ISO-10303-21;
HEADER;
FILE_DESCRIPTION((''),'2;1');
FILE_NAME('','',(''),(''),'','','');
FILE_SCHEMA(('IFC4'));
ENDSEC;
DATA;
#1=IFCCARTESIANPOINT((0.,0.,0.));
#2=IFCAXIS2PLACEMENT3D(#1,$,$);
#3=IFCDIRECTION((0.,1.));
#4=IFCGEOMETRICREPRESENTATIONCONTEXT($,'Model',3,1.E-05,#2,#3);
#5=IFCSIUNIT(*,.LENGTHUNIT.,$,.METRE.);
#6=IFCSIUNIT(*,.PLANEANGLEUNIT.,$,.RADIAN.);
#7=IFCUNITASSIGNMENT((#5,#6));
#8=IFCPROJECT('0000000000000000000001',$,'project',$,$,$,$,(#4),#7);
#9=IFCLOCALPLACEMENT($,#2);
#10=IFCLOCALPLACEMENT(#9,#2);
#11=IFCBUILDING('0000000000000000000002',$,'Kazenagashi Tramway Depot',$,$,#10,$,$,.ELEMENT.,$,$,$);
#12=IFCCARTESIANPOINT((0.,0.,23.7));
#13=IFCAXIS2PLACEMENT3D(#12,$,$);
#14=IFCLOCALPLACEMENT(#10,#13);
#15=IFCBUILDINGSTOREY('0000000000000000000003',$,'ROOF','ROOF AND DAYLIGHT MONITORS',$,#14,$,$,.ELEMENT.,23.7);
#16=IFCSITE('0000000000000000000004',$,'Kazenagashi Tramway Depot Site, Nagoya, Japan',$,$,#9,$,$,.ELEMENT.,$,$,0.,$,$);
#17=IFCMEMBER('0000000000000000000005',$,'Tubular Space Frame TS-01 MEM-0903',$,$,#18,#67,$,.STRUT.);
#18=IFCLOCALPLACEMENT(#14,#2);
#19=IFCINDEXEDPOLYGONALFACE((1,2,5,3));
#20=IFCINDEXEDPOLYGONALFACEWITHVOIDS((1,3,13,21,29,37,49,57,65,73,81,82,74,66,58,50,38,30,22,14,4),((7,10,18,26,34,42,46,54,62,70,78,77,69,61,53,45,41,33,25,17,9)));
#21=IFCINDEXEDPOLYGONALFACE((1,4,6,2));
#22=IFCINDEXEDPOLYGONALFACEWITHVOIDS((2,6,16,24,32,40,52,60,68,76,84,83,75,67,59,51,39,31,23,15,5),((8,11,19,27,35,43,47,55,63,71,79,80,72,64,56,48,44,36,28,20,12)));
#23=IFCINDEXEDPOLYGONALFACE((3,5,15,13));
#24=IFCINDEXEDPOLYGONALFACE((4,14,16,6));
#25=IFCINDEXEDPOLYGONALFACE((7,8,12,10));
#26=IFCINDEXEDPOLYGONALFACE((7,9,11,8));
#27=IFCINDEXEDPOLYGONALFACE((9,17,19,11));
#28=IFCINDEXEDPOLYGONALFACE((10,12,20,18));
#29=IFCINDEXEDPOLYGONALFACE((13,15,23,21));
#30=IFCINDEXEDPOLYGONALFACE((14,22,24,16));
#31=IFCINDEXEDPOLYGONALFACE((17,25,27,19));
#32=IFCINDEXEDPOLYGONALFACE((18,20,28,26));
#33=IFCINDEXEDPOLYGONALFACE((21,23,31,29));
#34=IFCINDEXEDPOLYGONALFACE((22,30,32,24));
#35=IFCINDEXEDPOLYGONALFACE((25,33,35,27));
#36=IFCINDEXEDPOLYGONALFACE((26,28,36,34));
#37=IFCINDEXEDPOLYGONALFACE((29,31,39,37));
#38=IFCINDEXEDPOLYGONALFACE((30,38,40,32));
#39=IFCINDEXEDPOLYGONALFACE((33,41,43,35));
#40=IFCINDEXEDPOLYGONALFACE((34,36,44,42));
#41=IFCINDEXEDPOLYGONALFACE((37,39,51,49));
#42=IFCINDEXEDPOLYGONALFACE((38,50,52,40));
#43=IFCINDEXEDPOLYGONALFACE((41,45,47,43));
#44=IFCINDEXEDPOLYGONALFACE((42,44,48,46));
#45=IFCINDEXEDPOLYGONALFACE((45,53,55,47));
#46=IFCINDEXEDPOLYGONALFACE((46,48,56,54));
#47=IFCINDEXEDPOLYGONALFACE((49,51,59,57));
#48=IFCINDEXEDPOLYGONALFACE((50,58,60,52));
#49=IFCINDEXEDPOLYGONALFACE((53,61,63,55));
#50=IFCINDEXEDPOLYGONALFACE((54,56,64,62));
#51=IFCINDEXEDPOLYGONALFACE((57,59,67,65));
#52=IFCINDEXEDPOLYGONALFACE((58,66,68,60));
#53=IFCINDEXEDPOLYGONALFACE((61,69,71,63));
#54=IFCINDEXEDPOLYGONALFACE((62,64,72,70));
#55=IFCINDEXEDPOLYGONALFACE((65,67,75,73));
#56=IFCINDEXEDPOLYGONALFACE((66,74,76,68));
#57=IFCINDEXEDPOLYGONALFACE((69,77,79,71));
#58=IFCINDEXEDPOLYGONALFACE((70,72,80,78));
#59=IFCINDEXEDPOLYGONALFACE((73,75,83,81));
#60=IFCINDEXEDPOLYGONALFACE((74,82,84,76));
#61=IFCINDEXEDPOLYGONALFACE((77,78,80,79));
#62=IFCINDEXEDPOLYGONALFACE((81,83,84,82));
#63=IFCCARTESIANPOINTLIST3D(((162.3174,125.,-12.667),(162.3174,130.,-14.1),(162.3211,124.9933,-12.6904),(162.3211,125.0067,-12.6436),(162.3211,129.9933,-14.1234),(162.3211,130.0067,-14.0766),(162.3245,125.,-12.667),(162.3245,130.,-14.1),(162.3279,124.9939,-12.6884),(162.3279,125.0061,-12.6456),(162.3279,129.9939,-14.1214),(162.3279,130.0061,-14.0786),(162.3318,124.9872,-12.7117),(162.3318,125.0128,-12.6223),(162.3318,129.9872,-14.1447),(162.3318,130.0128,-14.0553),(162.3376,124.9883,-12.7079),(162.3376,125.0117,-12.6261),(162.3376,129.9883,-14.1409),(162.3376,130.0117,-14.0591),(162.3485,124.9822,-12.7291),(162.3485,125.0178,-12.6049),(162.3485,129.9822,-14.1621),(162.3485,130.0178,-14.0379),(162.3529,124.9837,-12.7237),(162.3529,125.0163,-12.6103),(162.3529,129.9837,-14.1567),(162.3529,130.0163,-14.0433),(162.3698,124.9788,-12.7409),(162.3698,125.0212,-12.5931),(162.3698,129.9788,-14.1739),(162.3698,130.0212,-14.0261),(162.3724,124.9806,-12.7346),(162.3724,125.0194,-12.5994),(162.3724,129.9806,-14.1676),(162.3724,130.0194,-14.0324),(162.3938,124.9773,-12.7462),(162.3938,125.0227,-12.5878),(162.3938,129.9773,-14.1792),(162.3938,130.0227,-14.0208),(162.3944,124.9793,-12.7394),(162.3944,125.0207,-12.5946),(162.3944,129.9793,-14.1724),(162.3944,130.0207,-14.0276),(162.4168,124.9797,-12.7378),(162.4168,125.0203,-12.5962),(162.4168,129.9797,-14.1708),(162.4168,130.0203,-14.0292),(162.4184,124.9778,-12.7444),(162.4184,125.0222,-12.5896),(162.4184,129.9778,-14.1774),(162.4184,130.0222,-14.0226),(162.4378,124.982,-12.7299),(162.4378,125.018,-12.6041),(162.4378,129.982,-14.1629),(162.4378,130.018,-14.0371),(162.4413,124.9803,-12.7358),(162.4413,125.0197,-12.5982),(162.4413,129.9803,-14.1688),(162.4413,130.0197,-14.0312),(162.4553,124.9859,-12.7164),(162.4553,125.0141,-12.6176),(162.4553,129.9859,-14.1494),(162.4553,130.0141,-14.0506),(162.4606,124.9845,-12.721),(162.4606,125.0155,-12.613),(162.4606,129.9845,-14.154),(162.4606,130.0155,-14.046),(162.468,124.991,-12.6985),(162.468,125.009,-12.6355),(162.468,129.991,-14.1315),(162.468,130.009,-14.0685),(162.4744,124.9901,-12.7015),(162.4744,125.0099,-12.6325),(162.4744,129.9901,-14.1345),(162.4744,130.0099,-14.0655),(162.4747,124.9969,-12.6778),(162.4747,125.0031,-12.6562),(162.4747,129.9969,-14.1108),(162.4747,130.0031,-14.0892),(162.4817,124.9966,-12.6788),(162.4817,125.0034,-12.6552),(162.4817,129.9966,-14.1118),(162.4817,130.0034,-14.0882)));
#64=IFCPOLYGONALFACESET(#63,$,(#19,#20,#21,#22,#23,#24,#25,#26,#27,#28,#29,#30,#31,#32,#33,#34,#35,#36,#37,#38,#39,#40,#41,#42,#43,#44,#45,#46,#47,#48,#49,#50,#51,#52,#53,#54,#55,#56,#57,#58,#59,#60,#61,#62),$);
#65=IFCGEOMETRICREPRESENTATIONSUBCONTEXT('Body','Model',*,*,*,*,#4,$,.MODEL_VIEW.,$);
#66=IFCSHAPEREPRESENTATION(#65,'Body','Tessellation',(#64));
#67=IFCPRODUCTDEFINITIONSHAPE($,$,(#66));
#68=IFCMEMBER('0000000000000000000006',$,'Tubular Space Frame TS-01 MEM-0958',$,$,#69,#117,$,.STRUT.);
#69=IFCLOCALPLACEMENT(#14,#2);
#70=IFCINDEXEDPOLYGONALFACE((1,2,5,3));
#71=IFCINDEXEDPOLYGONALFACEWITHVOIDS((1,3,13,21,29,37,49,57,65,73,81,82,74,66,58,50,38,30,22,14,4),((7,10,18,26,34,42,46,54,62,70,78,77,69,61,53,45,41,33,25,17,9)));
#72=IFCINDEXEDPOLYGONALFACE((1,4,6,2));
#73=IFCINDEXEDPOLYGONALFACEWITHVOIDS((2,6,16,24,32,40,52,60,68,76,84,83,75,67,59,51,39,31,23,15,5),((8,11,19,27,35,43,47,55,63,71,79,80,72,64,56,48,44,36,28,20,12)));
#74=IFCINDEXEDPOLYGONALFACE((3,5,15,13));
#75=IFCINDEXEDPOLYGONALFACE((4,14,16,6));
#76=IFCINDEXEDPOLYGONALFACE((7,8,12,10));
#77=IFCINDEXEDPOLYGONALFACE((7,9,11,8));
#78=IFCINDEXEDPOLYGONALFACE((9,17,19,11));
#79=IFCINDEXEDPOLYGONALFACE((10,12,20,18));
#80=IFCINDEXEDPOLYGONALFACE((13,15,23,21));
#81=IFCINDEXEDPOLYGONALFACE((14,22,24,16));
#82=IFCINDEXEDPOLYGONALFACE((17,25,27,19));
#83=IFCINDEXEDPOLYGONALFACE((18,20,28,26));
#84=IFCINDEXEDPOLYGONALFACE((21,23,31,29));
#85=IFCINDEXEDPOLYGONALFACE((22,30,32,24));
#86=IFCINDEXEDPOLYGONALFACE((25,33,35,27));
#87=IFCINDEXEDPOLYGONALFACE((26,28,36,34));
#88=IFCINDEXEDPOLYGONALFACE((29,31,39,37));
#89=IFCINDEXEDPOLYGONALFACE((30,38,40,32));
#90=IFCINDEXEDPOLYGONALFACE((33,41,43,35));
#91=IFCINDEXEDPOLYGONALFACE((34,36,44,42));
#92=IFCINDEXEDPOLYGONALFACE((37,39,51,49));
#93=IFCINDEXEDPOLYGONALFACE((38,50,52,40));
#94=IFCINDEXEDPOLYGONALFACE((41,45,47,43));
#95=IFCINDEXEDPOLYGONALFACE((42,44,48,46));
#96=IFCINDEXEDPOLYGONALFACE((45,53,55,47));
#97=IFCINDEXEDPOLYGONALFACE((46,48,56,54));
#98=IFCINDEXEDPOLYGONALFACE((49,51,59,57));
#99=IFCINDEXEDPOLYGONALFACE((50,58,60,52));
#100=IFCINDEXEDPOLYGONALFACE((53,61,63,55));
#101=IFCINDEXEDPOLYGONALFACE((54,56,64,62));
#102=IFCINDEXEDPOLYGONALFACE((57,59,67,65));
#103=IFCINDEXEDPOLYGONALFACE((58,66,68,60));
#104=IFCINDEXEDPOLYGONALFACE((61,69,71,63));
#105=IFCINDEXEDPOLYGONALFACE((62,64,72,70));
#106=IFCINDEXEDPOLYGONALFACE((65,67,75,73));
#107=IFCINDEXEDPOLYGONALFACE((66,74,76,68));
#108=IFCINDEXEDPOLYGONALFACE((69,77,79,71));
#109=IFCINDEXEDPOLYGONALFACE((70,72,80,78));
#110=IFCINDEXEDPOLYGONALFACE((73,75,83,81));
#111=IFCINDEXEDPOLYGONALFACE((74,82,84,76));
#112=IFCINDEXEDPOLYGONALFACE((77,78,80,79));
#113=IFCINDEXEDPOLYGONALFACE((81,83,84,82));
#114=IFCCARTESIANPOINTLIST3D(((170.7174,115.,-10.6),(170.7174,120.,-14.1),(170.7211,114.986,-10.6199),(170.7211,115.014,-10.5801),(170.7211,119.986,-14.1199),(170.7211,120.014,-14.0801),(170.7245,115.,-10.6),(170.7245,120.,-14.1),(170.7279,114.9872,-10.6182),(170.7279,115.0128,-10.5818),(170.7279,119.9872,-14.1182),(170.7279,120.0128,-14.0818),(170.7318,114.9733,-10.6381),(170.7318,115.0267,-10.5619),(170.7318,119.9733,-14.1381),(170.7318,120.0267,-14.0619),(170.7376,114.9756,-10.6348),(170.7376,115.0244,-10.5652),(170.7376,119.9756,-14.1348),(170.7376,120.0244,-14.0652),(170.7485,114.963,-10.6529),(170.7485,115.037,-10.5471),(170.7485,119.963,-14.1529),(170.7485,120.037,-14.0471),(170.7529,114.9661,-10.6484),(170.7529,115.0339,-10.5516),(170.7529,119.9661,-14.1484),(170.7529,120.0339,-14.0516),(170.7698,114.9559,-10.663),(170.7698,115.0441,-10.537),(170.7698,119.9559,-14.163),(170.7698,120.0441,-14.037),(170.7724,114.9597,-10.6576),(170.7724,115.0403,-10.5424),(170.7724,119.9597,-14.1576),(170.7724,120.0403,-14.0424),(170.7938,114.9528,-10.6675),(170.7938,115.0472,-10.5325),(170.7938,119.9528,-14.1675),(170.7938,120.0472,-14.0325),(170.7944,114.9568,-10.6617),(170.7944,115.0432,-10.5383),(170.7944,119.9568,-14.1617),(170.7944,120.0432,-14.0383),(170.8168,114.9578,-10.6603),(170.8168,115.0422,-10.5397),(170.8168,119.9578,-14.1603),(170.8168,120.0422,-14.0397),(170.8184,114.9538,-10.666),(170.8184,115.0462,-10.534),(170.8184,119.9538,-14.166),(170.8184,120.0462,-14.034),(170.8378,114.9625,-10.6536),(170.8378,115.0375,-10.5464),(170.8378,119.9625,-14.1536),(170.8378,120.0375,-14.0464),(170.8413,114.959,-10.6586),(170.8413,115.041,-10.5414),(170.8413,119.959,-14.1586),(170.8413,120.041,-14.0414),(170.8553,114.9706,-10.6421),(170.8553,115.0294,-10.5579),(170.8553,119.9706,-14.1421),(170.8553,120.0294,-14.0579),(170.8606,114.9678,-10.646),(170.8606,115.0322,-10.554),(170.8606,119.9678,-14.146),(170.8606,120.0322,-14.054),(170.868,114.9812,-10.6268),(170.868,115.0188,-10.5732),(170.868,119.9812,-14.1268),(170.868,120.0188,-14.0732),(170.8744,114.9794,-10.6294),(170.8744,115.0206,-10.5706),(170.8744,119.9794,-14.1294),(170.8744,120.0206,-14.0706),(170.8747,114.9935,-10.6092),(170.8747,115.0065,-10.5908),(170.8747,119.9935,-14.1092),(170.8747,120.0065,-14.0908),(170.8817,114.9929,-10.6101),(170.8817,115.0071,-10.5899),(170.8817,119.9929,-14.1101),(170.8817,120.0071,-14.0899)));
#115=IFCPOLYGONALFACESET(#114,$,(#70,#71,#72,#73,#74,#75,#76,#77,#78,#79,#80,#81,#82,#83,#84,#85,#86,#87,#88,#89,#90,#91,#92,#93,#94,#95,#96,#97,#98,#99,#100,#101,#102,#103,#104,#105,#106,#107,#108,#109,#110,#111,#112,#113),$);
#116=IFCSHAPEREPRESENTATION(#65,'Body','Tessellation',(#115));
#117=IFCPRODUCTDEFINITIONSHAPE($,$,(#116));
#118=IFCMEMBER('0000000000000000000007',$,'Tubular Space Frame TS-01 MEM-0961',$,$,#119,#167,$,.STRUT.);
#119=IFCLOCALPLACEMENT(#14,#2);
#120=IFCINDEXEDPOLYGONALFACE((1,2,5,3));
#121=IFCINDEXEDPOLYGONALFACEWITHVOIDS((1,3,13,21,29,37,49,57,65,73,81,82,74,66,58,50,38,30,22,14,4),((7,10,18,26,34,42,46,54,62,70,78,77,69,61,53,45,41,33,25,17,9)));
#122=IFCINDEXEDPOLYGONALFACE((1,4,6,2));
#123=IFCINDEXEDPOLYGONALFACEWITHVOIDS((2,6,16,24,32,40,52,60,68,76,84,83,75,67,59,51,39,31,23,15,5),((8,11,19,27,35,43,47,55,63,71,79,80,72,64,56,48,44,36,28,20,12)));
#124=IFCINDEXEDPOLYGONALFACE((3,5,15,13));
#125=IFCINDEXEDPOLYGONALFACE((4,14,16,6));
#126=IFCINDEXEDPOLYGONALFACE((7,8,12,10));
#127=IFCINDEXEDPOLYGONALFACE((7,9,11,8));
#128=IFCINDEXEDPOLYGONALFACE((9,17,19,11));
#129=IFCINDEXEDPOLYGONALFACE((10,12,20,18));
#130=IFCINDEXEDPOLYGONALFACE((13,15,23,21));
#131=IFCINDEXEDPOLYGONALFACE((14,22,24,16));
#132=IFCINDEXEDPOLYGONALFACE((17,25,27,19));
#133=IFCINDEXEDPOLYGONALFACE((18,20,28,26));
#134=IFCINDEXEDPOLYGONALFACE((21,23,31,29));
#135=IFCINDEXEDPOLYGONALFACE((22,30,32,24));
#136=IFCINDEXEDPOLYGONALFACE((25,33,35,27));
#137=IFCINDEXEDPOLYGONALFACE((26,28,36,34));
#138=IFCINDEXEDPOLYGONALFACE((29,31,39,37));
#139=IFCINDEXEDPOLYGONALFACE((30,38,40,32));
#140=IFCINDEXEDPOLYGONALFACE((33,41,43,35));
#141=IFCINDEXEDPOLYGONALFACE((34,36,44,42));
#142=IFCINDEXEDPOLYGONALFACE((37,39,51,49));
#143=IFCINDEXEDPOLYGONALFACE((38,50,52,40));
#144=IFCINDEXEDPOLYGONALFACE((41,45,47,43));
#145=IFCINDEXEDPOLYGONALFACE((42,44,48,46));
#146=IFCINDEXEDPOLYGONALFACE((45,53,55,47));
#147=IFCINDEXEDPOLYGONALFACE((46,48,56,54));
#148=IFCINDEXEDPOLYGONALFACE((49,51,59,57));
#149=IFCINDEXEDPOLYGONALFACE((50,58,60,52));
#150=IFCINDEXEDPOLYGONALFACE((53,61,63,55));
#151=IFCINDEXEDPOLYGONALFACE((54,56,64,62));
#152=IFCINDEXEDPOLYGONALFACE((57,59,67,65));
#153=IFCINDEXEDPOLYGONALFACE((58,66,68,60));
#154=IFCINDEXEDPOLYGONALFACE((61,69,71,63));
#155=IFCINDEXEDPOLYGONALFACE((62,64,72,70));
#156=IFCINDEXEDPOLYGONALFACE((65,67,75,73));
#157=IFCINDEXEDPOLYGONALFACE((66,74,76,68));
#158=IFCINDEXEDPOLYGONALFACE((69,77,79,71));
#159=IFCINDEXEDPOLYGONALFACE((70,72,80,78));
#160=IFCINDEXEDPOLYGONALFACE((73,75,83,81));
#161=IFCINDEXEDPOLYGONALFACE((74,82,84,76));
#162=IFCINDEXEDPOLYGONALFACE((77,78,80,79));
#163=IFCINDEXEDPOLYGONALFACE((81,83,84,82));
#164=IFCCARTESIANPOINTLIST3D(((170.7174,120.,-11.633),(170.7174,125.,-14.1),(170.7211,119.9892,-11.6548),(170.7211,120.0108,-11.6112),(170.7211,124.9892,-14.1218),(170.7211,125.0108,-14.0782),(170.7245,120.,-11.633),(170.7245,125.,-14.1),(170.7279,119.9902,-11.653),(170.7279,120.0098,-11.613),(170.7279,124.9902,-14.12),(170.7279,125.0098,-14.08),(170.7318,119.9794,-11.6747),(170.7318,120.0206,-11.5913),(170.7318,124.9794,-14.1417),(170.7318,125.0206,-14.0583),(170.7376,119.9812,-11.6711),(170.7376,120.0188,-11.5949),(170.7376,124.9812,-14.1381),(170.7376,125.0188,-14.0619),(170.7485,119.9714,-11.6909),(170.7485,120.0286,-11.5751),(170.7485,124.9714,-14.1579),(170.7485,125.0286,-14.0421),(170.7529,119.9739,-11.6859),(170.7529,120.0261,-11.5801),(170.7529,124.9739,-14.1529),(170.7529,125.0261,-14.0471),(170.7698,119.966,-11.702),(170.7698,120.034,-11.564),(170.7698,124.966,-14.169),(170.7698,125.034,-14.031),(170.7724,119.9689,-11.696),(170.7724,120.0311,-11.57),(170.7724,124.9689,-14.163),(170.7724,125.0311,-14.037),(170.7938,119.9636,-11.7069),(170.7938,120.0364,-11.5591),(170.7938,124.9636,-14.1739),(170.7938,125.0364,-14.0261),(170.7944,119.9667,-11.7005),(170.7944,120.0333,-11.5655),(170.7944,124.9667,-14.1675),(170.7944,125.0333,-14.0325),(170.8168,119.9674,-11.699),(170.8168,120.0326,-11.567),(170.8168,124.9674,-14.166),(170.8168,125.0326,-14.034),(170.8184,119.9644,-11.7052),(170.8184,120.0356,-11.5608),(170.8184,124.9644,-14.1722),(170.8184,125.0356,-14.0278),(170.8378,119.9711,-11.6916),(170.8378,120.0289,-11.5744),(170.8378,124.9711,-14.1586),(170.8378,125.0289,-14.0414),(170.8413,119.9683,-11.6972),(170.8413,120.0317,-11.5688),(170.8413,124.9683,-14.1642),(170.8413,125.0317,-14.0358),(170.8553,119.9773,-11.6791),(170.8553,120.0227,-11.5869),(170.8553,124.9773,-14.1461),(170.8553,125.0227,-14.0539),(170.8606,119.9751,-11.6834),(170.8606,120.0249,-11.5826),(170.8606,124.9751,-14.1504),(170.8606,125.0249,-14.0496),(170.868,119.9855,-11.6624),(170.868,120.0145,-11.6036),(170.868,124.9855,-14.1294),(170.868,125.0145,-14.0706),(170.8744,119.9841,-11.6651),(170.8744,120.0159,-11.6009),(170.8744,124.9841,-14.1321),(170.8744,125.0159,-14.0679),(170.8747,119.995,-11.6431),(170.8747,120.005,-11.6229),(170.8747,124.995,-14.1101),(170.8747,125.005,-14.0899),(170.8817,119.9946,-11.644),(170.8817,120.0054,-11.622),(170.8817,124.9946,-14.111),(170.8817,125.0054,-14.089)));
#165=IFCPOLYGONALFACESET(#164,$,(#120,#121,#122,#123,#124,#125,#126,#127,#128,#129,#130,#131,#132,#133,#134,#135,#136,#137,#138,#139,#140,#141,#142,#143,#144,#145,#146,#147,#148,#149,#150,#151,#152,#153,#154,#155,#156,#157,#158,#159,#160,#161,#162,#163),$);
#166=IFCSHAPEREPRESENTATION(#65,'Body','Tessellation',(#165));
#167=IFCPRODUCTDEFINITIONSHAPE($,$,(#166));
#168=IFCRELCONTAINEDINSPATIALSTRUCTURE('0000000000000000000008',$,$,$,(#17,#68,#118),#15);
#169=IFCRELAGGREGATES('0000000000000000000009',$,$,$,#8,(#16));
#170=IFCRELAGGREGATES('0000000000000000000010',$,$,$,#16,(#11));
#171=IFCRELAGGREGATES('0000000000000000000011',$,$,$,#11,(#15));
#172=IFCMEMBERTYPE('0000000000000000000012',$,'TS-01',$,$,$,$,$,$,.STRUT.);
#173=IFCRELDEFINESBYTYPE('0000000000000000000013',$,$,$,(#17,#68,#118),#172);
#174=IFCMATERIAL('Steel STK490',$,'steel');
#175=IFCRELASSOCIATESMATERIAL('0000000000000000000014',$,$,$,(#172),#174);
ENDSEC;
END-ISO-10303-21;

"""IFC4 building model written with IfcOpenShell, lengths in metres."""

from ifc_helpers import new_model, si_unit, direction, frame, origin, origin_2d, place, context, subcontext, project, spatial, hollow_circle, extrude, material, material_profile, profile_set, type_object, element, save


model = new_model("IFC4")

# Units and contexts
model_context = context("Model", 3, precision=1e-05, world=origin(), true_north=direction((0.0, 1.0)))
body_context = subcontext(model_context, "Body", "Model", "MODEL_VIEW")
ifc_project = project(units=[si_unit("LENGTHUNIT", "METRE"), si_unit("PLANEANGLEUNIT", "RADIAN")], contexts=[model_context])

# Site, building, storey
site_placement = place(None, origin())
site = spatial("IfcSite", under=ifc_project, at=site_placement, Name="Kazenagashi Tramway Depot Site, Nagoya, Japan", CompositionType="ELEMENT", RefElevation=0.0)
building_placement = place(site_placement, origin())
building = spatial("IfcBuilding", under=site, at=building_placement, Name="Kazenagashi Tramway Depot", CompositionType="ELEMENT")
storey_placement = place(building_placement, frame((0.0, 0.0, 23.7)))
storey = spatial("IfcBuildingStorey", under=building, at=storey_placement, Name="ROOF", Description="ROOF AND DAYLIGHT MONITORS", CompositionType="ELEMENT", Elevation=23.7)

# Members
ifc_material_1 = material(Name="Steel STK490", Category="steel")
ifc_material_profile_1 = material_profile(ifc_material_1, hollow_circle(Radius=0.0826, WallThickness=0.0071, at=origin_2d()), Name="CHS-165.2x7.1")
ifc_profile_set_1 = profile_set([ifc_material_profile_1], Name="Steel STK490")
member_type_1 = type_object("IfcMemberType", Name="TS-01", PredefinedType="STRUT", material=ifc_profile_set_1)
member_1_placement = place(storey_placement, frame((162.4, 125.0, -12.667), z_axis=(0.0, 0.961299, -0.275508), x_axis=(-1.0, 0.0, 0.0)))
element("IfcMember", 1, at=member_1_placement, inside=storey, type_object=member_type_1, Name="Tubular Space Frame TS-01 MEM-0903", PredefinedType="STRUT", context=body_context, shape_type="SweptSolid", body=[
    extrude(hollow_circle(Radius=0.0826, WallThickness=0.0071, at=origin_2d()), origin(), (0.0, 0.0, 1.0), 5.2013),
])
member_2_placement = place(storey_placement, frame((170.8, 115.0, -10.6), z_axis=(0.0, 0.819232, -0.573462), x_axis=(-1.0, 0.0, 0.0)))
element("IfcMember", 2, at=member_2_placement, inside=storey, type_object=member_type_1, Name="Tubular Space Frame TS-01 MEM-0958", PredefinedType="STRUT", context=body_context, shape_type="SweptSolid", body=[
    extrude(hollow_circle(Radius=0.0826, WallThickness=0.0071, at=origin_2d()), origin(), (0.0, 0.0, 1.0), 6.1033),
])
member_3_placement = place(storey_placement, frame((170.8, 120.0, -11.633), z_axis=(0.0, 0.896782, -0.442472), x_axis=(-1.0, 0.0, 0.0)))
element("IfcMember", 3, at=member_3_placement, inside=storey, type_object=member_type_1, Name="Tubular Space Frame TS-01 MEM-0961", PredefinedType="STRUT", context=body_context, shape_type="SweptSolid", body=[
    extrude(hollow_circle(Radius=0.0826, WallThickness=0.0071, at=origin_2d()), origin(), (0.0, 0.0, 1.0), 5.5755),
])

save(model, "model.ifc")
